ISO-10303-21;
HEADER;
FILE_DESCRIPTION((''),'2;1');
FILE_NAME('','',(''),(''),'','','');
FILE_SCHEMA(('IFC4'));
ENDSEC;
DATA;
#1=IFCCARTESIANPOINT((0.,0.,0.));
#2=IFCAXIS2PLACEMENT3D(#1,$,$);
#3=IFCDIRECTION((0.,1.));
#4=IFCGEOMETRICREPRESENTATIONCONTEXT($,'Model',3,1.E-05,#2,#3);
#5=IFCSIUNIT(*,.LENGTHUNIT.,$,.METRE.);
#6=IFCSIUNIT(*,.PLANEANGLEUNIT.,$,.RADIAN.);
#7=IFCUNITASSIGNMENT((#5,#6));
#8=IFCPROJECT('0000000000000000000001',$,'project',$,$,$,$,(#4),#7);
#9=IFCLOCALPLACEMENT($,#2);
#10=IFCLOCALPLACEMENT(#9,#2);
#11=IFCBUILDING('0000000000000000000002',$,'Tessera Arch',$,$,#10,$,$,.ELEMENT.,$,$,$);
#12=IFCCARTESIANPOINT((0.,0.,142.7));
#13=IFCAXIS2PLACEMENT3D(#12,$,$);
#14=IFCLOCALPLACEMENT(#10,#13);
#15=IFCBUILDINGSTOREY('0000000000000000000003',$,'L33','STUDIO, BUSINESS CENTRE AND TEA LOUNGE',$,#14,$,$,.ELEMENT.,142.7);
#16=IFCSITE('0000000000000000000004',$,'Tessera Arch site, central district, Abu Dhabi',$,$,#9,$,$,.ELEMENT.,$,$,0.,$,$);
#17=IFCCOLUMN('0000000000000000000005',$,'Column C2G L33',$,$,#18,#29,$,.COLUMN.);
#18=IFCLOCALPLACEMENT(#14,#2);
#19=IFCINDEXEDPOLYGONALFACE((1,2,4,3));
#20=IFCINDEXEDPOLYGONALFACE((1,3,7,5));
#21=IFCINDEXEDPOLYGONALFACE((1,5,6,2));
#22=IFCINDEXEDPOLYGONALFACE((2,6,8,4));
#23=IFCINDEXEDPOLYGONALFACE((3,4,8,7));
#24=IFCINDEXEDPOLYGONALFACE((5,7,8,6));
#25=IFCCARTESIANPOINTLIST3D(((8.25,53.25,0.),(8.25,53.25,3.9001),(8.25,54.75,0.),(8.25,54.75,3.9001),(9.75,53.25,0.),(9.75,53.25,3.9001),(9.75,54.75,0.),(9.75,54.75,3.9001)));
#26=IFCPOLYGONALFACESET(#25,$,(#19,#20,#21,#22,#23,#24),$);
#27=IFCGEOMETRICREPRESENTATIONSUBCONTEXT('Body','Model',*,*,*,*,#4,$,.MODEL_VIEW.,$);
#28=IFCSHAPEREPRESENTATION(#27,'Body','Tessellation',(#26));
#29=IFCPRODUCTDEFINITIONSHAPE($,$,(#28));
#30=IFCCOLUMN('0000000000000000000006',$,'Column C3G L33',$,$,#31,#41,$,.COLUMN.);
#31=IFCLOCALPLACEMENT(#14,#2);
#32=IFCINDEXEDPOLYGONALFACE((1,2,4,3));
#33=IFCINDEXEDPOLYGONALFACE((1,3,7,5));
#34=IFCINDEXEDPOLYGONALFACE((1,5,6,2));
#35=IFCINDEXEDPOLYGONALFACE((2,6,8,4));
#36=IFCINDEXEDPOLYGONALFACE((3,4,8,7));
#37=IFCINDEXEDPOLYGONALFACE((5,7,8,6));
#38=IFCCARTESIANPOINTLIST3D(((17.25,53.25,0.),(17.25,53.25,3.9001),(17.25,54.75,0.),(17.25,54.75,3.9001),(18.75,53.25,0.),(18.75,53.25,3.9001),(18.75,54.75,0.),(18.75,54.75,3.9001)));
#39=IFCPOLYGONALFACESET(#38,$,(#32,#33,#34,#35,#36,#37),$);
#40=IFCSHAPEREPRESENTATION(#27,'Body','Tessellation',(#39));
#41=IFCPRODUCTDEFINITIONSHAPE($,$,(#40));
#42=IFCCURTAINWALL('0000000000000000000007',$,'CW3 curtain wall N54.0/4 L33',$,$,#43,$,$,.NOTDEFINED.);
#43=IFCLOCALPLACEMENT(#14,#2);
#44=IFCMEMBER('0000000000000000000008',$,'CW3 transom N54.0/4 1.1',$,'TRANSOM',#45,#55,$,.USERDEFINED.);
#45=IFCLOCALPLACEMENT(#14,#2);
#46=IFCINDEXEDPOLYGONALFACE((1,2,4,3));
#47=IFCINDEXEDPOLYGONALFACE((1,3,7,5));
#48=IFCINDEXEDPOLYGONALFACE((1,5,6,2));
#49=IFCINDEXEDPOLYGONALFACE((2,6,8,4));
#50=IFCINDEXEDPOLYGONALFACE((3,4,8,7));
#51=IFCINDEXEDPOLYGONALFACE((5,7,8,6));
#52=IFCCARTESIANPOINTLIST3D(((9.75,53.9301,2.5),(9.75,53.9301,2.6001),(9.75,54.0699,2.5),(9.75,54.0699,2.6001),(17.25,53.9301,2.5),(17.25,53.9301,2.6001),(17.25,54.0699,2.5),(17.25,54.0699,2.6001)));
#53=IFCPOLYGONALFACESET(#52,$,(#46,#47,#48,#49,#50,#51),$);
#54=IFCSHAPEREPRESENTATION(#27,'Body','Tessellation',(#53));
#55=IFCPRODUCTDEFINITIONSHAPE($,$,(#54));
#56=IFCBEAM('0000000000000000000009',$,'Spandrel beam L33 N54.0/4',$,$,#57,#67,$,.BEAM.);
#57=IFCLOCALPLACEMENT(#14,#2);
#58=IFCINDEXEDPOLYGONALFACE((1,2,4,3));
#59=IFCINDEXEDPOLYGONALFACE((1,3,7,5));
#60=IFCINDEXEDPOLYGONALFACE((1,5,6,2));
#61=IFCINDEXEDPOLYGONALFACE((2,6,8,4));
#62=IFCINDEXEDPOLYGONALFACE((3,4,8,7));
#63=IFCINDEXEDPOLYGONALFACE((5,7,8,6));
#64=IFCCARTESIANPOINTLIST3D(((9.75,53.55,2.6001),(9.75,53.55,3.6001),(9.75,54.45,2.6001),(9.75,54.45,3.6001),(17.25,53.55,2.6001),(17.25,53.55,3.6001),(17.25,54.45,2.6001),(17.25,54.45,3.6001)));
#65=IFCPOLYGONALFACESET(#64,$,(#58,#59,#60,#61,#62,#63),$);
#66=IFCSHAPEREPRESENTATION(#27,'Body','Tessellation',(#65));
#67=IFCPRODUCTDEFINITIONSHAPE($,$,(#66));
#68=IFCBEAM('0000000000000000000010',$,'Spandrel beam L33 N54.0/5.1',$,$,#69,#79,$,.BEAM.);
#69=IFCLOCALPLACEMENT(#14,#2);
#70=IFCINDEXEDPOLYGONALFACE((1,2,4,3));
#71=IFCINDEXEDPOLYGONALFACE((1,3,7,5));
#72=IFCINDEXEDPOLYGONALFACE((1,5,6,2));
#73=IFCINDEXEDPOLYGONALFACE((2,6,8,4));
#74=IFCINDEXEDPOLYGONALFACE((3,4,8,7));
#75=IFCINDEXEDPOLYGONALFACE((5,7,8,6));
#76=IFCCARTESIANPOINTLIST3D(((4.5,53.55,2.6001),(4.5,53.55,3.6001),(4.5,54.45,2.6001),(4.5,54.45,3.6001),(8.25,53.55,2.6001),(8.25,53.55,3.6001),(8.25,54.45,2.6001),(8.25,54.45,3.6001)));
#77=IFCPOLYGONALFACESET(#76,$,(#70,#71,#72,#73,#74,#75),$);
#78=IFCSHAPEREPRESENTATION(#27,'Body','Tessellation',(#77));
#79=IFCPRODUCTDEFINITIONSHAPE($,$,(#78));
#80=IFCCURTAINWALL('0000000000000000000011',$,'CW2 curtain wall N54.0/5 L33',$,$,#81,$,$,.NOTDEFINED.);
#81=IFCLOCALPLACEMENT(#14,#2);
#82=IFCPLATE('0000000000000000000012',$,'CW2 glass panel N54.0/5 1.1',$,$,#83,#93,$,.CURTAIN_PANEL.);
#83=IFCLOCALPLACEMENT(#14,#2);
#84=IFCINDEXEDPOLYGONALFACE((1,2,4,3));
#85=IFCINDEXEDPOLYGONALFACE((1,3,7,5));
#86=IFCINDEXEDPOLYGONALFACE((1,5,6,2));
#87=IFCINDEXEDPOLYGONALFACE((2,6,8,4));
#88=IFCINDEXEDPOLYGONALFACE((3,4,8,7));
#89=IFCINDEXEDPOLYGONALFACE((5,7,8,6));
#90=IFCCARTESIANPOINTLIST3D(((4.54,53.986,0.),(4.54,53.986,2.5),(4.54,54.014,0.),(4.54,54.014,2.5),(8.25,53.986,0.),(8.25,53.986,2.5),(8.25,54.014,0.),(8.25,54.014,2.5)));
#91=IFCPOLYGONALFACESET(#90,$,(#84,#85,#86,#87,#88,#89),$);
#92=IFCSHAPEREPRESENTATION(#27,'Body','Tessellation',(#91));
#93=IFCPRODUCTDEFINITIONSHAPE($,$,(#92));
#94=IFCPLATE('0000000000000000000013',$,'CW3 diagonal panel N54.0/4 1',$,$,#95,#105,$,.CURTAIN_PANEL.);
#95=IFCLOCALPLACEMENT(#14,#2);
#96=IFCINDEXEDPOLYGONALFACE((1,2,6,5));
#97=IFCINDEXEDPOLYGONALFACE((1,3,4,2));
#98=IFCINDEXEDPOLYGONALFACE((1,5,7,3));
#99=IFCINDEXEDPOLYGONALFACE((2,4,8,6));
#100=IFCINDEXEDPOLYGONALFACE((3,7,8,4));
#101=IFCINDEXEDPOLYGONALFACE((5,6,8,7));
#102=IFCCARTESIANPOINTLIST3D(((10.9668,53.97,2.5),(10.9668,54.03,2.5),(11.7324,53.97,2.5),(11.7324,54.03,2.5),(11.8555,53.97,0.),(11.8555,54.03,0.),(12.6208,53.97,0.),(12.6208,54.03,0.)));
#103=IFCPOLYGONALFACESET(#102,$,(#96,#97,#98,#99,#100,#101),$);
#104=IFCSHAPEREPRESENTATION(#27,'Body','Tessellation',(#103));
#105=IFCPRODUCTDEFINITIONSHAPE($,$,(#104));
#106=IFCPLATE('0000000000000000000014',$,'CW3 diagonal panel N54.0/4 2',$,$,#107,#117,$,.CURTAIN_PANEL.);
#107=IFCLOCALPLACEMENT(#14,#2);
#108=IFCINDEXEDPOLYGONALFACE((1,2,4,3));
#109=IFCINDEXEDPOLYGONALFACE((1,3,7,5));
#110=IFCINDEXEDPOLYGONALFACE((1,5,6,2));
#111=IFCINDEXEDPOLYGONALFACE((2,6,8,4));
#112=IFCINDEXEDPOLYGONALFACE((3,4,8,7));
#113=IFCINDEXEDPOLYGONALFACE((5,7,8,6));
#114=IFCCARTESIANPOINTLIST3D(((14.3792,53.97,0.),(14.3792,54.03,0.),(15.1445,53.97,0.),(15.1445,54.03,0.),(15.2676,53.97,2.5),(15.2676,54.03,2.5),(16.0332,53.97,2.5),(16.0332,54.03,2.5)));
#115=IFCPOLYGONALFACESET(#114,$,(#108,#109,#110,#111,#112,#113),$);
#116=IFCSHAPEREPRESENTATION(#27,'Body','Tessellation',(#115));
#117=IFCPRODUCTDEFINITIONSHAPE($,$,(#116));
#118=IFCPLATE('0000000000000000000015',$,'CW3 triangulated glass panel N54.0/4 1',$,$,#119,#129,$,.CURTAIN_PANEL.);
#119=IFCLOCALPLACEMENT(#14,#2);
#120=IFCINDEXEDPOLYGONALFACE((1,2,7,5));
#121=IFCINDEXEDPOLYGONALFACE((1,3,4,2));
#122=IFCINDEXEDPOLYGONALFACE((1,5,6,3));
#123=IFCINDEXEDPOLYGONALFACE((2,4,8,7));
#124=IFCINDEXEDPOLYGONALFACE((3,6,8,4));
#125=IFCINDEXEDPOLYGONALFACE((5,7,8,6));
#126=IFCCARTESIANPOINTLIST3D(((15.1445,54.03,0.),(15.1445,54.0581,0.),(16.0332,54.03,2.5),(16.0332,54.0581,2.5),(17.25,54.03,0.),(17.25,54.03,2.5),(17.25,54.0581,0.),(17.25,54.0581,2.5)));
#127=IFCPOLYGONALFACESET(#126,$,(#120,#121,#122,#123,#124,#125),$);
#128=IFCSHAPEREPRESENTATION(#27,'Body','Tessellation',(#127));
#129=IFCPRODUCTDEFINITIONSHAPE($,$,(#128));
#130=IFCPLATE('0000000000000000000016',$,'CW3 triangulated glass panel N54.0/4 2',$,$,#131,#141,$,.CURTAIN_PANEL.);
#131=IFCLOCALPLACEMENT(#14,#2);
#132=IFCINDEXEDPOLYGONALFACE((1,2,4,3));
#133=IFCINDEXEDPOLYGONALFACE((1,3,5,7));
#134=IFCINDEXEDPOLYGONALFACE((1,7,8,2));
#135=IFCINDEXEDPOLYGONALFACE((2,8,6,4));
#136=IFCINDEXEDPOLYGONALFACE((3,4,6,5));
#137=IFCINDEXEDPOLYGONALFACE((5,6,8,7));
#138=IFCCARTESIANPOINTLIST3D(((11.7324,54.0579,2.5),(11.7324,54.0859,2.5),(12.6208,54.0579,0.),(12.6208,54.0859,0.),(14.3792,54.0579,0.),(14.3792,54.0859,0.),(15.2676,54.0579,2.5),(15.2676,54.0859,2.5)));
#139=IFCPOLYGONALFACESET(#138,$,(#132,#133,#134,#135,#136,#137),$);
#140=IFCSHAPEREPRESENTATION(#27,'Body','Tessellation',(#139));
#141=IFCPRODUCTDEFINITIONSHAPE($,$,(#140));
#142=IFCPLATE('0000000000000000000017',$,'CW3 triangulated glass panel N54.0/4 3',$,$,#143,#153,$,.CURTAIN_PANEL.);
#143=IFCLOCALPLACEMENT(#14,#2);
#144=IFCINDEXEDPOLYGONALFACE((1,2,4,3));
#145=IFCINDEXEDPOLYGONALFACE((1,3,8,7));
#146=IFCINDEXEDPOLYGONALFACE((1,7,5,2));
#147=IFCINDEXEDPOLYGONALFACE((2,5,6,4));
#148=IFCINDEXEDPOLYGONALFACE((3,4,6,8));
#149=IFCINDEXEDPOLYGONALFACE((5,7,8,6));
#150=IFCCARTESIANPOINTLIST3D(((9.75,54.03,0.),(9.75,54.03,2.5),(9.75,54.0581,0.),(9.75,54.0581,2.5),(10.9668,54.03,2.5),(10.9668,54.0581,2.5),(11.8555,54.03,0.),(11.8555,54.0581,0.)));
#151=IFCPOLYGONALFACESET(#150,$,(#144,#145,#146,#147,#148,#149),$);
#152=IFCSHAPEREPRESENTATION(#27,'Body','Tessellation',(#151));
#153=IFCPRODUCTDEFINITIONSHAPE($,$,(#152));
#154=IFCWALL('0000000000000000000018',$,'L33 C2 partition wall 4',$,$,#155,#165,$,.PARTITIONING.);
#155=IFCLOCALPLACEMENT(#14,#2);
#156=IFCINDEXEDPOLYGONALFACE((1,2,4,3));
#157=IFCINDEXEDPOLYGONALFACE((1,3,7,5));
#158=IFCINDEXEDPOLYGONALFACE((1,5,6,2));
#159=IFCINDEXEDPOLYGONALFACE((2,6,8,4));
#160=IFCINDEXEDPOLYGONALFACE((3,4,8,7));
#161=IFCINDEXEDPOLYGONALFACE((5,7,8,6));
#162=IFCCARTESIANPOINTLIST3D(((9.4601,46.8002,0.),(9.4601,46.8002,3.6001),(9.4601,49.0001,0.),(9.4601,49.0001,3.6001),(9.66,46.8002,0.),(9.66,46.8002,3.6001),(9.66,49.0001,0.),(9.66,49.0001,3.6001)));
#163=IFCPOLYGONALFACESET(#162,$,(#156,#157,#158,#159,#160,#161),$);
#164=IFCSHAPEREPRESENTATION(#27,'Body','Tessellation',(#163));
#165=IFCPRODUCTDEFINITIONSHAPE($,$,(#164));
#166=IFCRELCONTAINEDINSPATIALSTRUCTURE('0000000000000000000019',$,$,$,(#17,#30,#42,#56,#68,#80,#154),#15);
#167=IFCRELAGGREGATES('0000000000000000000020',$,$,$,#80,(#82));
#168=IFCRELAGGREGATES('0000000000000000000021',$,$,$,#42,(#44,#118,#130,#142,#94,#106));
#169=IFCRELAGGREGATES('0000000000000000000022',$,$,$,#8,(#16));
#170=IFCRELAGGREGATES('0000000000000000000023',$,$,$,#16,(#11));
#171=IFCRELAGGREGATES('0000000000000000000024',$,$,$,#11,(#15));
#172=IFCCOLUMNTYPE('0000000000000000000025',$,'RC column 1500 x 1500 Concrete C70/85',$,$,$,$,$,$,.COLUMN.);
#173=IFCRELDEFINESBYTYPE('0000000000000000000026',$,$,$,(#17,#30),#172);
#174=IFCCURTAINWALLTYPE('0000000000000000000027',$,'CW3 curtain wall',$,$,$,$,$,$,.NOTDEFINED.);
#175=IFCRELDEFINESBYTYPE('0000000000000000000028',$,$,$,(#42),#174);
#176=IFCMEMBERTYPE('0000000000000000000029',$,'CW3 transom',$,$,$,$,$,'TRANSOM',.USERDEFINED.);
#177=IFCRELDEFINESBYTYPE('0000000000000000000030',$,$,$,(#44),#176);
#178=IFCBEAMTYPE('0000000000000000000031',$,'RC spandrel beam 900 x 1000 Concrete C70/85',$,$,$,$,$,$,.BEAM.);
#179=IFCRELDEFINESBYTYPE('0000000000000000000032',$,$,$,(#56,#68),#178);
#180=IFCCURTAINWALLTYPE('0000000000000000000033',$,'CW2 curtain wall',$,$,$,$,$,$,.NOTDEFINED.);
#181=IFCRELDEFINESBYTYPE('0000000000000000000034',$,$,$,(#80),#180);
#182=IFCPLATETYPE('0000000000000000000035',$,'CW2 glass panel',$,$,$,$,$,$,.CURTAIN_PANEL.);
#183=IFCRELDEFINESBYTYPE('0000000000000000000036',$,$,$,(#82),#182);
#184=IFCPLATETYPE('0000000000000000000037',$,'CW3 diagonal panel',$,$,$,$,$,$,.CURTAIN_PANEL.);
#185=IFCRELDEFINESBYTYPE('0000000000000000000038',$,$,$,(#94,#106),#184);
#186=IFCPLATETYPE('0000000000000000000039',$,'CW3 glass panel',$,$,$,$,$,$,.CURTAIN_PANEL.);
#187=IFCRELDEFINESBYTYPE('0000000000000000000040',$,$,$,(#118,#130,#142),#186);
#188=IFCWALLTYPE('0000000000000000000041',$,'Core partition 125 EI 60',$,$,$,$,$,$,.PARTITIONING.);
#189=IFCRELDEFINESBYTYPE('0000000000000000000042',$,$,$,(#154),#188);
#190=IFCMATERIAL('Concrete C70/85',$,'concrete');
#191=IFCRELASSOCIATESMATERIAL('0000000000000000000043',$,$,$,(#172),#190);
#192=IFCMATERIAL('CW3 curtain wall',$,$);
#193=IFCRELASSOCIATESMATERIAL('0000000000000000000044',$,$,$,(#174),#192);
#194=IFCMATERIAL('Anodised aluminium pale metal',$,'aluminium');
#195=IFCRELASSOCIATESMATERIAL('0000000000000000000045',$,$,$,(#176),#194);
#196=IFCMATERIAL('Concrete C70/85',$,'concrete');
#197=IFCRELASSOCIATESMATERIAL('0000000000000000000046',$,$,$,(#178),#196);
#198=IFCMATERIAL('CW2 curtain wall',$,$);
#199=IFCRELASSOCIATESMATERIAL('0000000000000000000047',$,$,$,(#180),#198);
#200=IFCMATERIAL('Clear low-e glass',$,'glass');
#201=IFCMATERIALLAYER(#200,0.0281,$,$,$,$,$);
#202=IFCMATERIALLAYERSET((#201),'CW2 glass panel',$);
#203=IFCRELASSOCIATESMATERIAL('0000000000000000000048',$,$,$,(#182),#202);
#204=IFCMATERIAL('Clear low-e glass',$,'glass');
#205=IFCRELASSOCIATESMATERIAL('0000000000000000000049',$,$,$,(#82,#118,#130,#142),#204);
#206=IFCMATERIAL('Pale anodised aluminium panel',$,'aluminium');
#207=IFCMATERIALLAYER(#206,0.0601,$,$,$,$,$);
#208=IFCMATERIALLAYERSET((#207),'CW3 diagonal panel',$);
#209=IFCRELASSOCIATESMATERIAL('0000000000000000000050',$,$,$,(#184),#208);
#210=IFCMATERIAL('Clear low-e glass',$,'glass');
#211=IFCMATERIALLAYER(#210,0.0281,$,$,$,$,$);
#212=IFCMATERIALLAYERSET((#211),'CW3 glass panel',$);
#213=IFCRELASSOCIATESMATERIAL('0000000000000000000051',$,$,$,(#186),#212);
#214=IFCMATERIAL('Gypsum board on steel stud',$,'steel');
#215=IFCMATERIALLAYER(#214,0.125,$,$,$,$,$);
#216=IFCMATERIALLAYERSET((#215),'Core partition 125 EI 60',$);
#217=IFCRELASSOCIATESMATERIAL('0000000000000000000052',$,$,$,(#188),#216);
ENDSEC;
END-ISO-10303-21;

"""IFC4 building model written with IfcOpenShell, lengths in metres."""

from ifc_helpers import new_model, si_unit, direction, frame, frame_2d, origin, origin_2d, place, context, subcontext, project, spatial, polyline, rectangle, outline, extrude, material, layer, layer_set, material_profile, profile_set, type_object, element, aggregate, save


model = new_model("IFC4")

# Units and contexts
model_context = context("Model", 3, precision=1e-05, world=origin(), true_north=direction((0.0, 1.0)))
body_context = subcontext(model_context, "Body", "Model", "MODEL_VIEW")
ifc_project = project(units=[si_unit("LENGTHUNIT", "METRE"), si_unit("PLANEANGLEUNIT", "RADIAN")], contexts=[model_context])

# Site, building, storey
site_placement = place(None, origin())
site = spatial("IfcSite", under=ifc_project, at=site_placement, Name="Tessera Arch site, central district, Abu Dhabi", CompositionType="ELEMENT", RefElevation=0.0)
building_placement = place(site_placement, origin())
building = spatial("IfcBuilding", under=site, at=building_placement, Name="Tessera Arch", CompositionType="ELEMENT")
storey_placement = place(building_placement, frame((0.0, 0.0, 142.7)))
storey = spatial("IfcBuildingStorey", under=building, at=storey_placement, Name="L33", Description="STUDIO, BUSINESS CENTRE AND TEA LOUNGE", CompositionType="ELEMENT", Elevation=142.7)

# Columns
ifc_material_1 = material(Name="Concrete C70/85", Category="concrete")
ifc_material_profile_1 = material_profile(ifc_material_1, rectangle(XDim=1.5, YDim=1.5, at=origin_2d()), Name="RC column 1500 x 1500 Concrete C70/85")
ifc_profile_set_1 = profile_set([ifc_material_profile_1], Name="Concrete C70/85")
column_type = type_object("IfcColumnType", Name="RC column 1500 x 1500 Concrete C70/85", PredefinedType="COLUMN", material=ifc_profile_set_1)
for number, where, z_axis, x_axis, name in (
    (1, (9.0, 54.0, 0.0), (0.0, 0.0, 1.0), (1.0, 0.0, 0.0), "Column C2G L33"),
    (2, (18.0, 54.0, 0.0), (0.0, 0.0, 1.0), (1.0, 0.0, 0.0), "Column C3G L33"),
):
    element("IfcColumn", number, at=place(storey_placement, frame(where, z_axis=z_axis, x_axis=x_axis)), inside=storey, type_object=column_type, Name=name, PredefinedType="COLUMN", context=body_context, shape_type="SweptSolid", body=[
        extrude(rectangle(XDim=1.5, YDim=1.5, at=origin_2d()), origin(), (0.0, 0.0, 1.0), 3.9001),
    ])

# Curtain wall, member
ifc_material_2 = material(Name="CW3 curtain wall")
curtain_wall_type_1 = type_object("IfcCurtainWallType", Name="CW3 curtain wall", PredefinedType="NOTDEFINED", material=ifc_material_2)
curtain_wall_1_placement = place(storey_placement, origin())
curtain_wall_1 = element("IfcCurtainWall", 3, at=curtain_wall_1_placement, inside=storey, type_object=curtain_wall_type_1, Name="CW3 curtain wall N54.0/4 L33", PredefinedType="NOTDEFINED")
ifc_material_3 = material(Name="Anodised aluminium pale metal", Category="aluminium")
ifc_material_profile_2 = material_profile(ifc_material_3, rectangle(XDim=0.1399, YDim=0.1001, at=origin_2d()), Name="AL 140x100")
ifc_profile_set_2 = profile_set([ifc_material_profile_2], Name="Anodised aluminium pale metal")
member_type = type_object("IfcMemberType", Name="CW3 transom", ElementType="TRANSOM", PredefinedType="USERDEFINED", material=ifc_profile_set_2)
member_placement = place(storey_placement, frame((17.25, 54.0, 2.55), z_axis=(-1.0, 0.0, 0.0), x_axis=(0.0, -1.0, 0.0)))
member = element("IfcMember", 4, at=member_placement, type_object=member_type, Name="CW3 transom N54.0/4 1.1", ObjectType="TRANSOM", PredefinedType="USERDEFINED", context=body_context, shape_type="SweptSolid", body=[
    extrude(rectangle(XDim=0.1399, YDim=0.1001, at=origin_2d()), origin(), (0.0, 0.0, 1.0), 7.5),
])

# Beams
ifc_material_4 = material(Name="Concrete C70/85", Category="concrete")
ifc_material_profile_3 = material_profile(ifc_material_4, rectangle(XDim=0.8999, YDim=1.0, at=origin_2d()), Name="RC spandrel beam 900 x 1000 Concrete C70/85")
ifc_profile_set_3 = profile_set([ifc_material_profile_3], Name="Concrete C70/85")
beam_type = type_object("IfcBeamType", Name="RC spandrel beam 900 x 1000 Concrete C70/85", PredefinedType="BEAM", material=ifc_profile_set_3)
beam_1_placement = place(storey_placement, frame((17.25, 54.0, 3.1001), z_axis=(-1.0, 0.0, 0.0), x_axis=(0.0, -1.0, 0.0)))
element("IfcBeam", 5, at=beam_1_placement, inside=storey, type_object=beam_type, Name="Spandrel beam L33 N54.0/4", PredefinedType="BEAM", context=body_context, shape_type="SweptSolid", body=[
    extrude(rectangle(XDim=0.8999, YDim=1.0, at=origin_2d()), origin(), (0.0, 0.0, 1.0), 7.5),
])
beam_2_placement = place(storey_placement, frame((8.25, 54.0, 3.1001), z_axis=(-1.0, 0.0, 0.0), x_axis=(0.0, -1.0, 0.0)))
element("IfcBeam", 6, at=beam_2_placement, inside=storey, type_object=beam_type, Name="Spandrel beam L33 N54.0/5.1", PredefinedType="BEAM", context=body_context, shape_type="SweptSolid", body=[
    extrude(rectangle(XDim=0.8999, YDim=1.0, at=origin_2d()), origin(), (0.0, 0.0, 1.0), 3.75),
])

# Curtain wall, plate
ifc_material_5 = material(Name="CW2 curtain wall")
curtain_wall_type_2 = type_object("IfcCurtainWallType", Name="CW2 curtain wall", PredefinedType="NOTDEFINED", material=ifc_material_5)
curtain_wall_2_placement = place(storey_placement, origin())
curtain_wall_2 = element("IfcCurtainWall", 7, at=curtain_wall_2_placement, inside=storey, type_object=curtain_wall_type_2, Name="CW2 curtain wall N54.0/5 L33", PredefinedType="NOTDEFINED")
ifc_material_6 = material(Name="Clear low-e glass", Category="glass")
ifc_material_7 = material(Name="Clear low-e glass", Category="glass")
ifc_layer_1 = layer(ifc_material_7, 0.0281)
ifc_layer_set_1 = layer_set([ifc_layer_1], Name="CW2 glass panel")
plate_type_1 = type_object("IfcPlateType", Name="CW2 glass panel", PredefinedType="CURTAIN_PANEL", material=ifc_layer_set_1)
plate_1_placement = place(storey_placement, frame((6.395, 54.0, 0.0), z_axis=(0.0, 0.0, 1.0), x_axis=(-1.0, 0.0, 0.0)))
plate_1 = element("IfcPlate", 8, at=plate_1_placement, type_object=plate_type_1, material=ifc_material_6, Name="CW2 glass panel N54.0/5 1.1", PredefinedType="CURTAIN_PANEL", context=body_context, shape_type="SweptSolid", body=[
    extrude(rectangle(XDim=3.71, YDim=0.0281, at=origin_2d()), origin(), (0.0, 0.0, 1.0), 2.5),
])
aggregate(curtain_wall_2, [plate_1])

# Plates
ifc_material_8 = material(Name="Pale anodised aluminium panel", Category="aluminium")
ifc_layer_2 = layer(ifc_material_8, 0.0601)
ifc_layer_set_2 = layer_set([ifc_layer_2], Name="CW3 diagonal panel")
plate_type_2 = type_object("IfcPlateType", Name="CW3 diagonal panel", PredefinedType="CURTAIN_PANEL", material=ifc_layer_set_2)
plate_2_placement = place(storey_placement, frame((10.9668, 54.03, 2.5), z_axis=(0.0, 1.0, 0.0), x_axis=(1.0, 0.0, 0.0)))
plate_2 = element("IfcPlate", 9, at=plate_2_placement, type_object=plate_type_2, Name="CW3 diagonal panel N54.0/4 1", PredefinedType="CURTAIN_PANEL", context=body_context, shape_type="SweptSolid", body=[
    extrude(outline(polyline([(0.0, 0.0), (0.7656, 0.0), (1.6541, 2.5), (0.8887, 2.5), (0.0, 0.0)])), origin(), (0.0, 0.0, -1.0), 0.0601),
])
plate_3_placement = place(storey_placement, frame((15.2676, 54.03, 2.5), z_axis=(0.0, 1.0, 0.0), x_axis=(1.0, 0.0, 0.0)))
plate_3 = element("IfcPlate", 10, at=plate_3_placement, type_object=plate_type_2, Name="CW3 diagonal panel N54.0/4 2", PredefinedType="CURTAIN_PANEL", context=body_context, shape_type="SweptSolid", body=[
    extrude(outline(polyline([(0.0, 0.0), (0.7656, 0.0), (-0.123, 2.5), (-0.8884, 2.5), (0.0, 0.0)])), origin(), (0.0, 0.0, -1.0), 0.0601),
])
ifc_material_9 = material(Name="Clear low-e glass", Category="glass")
ifc_layer_3 = layer(ifc_material_9, 0.0281)
ifc_layer_set_3 = layer_set([ifc_layer_3], Name="CW3 glass panel")
plate_type_3 = type_object("IfcPlateType", Name="CW3 glass panel", PredefinedType="CURTAIN_PANEL", material=ifc_layer_set_3)
plate_4_placement = place(storey_placement, frame((17.25, 54.0581, 0.0), z_axis=(0.0, 1.0, 0.0), x_axis=(-1.0, 0.0, 0.0)))
plate_4 = element("IfcPlate", 11, at=plate_4_placement, type_object=plate_type_3, material=ifc_material_6, Name="CW3 triangulated glass panel N54.0/4 1", PredefinedType="CURTAIN_PANEL", context=body_context, shape_type="SweptSolid", body=[
    extrude(outline(polyline([(0.0, 0.0), (2.1055, 0.0), (1.2168, 2.5), (0.0, 2.5), (0.0, 0.0)])), origin(), (0.0, 0.0, -1.0), 0.0281),
])
plate_5_placement = place(storey_placement, frame((11.7324, 54.0859, 2.5), z_axis=(0.0, 1.0, 0.0), x_axis=(1.0, 0.0, 0.0)))
plate_5 = element("IfcPlate", 12, at=plate_5_placement, type_object=plate_type_3, material=ifc_material_6, Name="CW3 triangulated glass panel N54.0/4 2", PredefinedType="CURTAIN_PANEL", context=body_context, shape_type="SweptSolid", body=[
    extrude(outline(polyline([(0.0, 0.0), (3.5352, 0.0), (2.6467, 2.5), (0.8884, 2.5), (0.0, 0.0)])), origin(), (0.0, 0.0, -1.0), 0.0281),
])
plate_6_placement = place(storey_placement, frame((9.75, 54.0581, 2.5), z_axis=(0.0, 1.0, 0.0), x_axis=(1.0, 0.0, 0.0)))
plate_6 = element("IfcPlate", 13, at=plate_6_placement, type_object=plate_type_3, material=ifc_material_6, Name="CW3 triangulated glass panel N54.0/4 3", PredefinedType="CURTAIN_PANEL", context=body_context, shape_type="SweptSolid", body=[
    extrude(outline(polyline([(0.0, 0.0), (1.2168, 0.0), (2.1055, 2.5), (0.0, 2.5), (0.0, 0.0)])), origin(), (0.0, 0.0, -1.0), 0.0281),
])
aggregate(curtain_wall_1, [member, plate_4, plate_5, plate_6, plate_2, plate_3])

# Wall
ifc_material_10 = material(Name="Gypsum board on steel stud", Category="steel")
ifc_layer_4 = layer(ifc_material_10, 0.125)
ifc_layer_set_4 = layer_set([ifc_layer_4], Name="Core partition 125 EI 60")
wall_type_1 = type_object("IfcWallType", Name="Core partition 125 EI 60", PredefinedType="PARTITIONING", material=ifc_layer_set_4)
wall_1_placement = place(storey_placement, frame((9.5601, 46.8, 0.0), z_axis=(0.0, 0.0, 1.0), x_axis=(0.0, 1.0, 0.0)))
element("IfcWall", 14, at=wall_1_placement, inside=storey, type_object=wall_type_1, Name="L33 C2 partition wall 4", PredefinedType="PARTITIONING", context=body_context, shape_type="SweptSolid", body=[
    extrude(rectangle(XDim=2.2, YDim=0.2, at=frame_2d((1.1001, 0.0))), origin(), (0.0, 0.0, 1.0), 3.6001),
])

save(model, "model.ifc")
